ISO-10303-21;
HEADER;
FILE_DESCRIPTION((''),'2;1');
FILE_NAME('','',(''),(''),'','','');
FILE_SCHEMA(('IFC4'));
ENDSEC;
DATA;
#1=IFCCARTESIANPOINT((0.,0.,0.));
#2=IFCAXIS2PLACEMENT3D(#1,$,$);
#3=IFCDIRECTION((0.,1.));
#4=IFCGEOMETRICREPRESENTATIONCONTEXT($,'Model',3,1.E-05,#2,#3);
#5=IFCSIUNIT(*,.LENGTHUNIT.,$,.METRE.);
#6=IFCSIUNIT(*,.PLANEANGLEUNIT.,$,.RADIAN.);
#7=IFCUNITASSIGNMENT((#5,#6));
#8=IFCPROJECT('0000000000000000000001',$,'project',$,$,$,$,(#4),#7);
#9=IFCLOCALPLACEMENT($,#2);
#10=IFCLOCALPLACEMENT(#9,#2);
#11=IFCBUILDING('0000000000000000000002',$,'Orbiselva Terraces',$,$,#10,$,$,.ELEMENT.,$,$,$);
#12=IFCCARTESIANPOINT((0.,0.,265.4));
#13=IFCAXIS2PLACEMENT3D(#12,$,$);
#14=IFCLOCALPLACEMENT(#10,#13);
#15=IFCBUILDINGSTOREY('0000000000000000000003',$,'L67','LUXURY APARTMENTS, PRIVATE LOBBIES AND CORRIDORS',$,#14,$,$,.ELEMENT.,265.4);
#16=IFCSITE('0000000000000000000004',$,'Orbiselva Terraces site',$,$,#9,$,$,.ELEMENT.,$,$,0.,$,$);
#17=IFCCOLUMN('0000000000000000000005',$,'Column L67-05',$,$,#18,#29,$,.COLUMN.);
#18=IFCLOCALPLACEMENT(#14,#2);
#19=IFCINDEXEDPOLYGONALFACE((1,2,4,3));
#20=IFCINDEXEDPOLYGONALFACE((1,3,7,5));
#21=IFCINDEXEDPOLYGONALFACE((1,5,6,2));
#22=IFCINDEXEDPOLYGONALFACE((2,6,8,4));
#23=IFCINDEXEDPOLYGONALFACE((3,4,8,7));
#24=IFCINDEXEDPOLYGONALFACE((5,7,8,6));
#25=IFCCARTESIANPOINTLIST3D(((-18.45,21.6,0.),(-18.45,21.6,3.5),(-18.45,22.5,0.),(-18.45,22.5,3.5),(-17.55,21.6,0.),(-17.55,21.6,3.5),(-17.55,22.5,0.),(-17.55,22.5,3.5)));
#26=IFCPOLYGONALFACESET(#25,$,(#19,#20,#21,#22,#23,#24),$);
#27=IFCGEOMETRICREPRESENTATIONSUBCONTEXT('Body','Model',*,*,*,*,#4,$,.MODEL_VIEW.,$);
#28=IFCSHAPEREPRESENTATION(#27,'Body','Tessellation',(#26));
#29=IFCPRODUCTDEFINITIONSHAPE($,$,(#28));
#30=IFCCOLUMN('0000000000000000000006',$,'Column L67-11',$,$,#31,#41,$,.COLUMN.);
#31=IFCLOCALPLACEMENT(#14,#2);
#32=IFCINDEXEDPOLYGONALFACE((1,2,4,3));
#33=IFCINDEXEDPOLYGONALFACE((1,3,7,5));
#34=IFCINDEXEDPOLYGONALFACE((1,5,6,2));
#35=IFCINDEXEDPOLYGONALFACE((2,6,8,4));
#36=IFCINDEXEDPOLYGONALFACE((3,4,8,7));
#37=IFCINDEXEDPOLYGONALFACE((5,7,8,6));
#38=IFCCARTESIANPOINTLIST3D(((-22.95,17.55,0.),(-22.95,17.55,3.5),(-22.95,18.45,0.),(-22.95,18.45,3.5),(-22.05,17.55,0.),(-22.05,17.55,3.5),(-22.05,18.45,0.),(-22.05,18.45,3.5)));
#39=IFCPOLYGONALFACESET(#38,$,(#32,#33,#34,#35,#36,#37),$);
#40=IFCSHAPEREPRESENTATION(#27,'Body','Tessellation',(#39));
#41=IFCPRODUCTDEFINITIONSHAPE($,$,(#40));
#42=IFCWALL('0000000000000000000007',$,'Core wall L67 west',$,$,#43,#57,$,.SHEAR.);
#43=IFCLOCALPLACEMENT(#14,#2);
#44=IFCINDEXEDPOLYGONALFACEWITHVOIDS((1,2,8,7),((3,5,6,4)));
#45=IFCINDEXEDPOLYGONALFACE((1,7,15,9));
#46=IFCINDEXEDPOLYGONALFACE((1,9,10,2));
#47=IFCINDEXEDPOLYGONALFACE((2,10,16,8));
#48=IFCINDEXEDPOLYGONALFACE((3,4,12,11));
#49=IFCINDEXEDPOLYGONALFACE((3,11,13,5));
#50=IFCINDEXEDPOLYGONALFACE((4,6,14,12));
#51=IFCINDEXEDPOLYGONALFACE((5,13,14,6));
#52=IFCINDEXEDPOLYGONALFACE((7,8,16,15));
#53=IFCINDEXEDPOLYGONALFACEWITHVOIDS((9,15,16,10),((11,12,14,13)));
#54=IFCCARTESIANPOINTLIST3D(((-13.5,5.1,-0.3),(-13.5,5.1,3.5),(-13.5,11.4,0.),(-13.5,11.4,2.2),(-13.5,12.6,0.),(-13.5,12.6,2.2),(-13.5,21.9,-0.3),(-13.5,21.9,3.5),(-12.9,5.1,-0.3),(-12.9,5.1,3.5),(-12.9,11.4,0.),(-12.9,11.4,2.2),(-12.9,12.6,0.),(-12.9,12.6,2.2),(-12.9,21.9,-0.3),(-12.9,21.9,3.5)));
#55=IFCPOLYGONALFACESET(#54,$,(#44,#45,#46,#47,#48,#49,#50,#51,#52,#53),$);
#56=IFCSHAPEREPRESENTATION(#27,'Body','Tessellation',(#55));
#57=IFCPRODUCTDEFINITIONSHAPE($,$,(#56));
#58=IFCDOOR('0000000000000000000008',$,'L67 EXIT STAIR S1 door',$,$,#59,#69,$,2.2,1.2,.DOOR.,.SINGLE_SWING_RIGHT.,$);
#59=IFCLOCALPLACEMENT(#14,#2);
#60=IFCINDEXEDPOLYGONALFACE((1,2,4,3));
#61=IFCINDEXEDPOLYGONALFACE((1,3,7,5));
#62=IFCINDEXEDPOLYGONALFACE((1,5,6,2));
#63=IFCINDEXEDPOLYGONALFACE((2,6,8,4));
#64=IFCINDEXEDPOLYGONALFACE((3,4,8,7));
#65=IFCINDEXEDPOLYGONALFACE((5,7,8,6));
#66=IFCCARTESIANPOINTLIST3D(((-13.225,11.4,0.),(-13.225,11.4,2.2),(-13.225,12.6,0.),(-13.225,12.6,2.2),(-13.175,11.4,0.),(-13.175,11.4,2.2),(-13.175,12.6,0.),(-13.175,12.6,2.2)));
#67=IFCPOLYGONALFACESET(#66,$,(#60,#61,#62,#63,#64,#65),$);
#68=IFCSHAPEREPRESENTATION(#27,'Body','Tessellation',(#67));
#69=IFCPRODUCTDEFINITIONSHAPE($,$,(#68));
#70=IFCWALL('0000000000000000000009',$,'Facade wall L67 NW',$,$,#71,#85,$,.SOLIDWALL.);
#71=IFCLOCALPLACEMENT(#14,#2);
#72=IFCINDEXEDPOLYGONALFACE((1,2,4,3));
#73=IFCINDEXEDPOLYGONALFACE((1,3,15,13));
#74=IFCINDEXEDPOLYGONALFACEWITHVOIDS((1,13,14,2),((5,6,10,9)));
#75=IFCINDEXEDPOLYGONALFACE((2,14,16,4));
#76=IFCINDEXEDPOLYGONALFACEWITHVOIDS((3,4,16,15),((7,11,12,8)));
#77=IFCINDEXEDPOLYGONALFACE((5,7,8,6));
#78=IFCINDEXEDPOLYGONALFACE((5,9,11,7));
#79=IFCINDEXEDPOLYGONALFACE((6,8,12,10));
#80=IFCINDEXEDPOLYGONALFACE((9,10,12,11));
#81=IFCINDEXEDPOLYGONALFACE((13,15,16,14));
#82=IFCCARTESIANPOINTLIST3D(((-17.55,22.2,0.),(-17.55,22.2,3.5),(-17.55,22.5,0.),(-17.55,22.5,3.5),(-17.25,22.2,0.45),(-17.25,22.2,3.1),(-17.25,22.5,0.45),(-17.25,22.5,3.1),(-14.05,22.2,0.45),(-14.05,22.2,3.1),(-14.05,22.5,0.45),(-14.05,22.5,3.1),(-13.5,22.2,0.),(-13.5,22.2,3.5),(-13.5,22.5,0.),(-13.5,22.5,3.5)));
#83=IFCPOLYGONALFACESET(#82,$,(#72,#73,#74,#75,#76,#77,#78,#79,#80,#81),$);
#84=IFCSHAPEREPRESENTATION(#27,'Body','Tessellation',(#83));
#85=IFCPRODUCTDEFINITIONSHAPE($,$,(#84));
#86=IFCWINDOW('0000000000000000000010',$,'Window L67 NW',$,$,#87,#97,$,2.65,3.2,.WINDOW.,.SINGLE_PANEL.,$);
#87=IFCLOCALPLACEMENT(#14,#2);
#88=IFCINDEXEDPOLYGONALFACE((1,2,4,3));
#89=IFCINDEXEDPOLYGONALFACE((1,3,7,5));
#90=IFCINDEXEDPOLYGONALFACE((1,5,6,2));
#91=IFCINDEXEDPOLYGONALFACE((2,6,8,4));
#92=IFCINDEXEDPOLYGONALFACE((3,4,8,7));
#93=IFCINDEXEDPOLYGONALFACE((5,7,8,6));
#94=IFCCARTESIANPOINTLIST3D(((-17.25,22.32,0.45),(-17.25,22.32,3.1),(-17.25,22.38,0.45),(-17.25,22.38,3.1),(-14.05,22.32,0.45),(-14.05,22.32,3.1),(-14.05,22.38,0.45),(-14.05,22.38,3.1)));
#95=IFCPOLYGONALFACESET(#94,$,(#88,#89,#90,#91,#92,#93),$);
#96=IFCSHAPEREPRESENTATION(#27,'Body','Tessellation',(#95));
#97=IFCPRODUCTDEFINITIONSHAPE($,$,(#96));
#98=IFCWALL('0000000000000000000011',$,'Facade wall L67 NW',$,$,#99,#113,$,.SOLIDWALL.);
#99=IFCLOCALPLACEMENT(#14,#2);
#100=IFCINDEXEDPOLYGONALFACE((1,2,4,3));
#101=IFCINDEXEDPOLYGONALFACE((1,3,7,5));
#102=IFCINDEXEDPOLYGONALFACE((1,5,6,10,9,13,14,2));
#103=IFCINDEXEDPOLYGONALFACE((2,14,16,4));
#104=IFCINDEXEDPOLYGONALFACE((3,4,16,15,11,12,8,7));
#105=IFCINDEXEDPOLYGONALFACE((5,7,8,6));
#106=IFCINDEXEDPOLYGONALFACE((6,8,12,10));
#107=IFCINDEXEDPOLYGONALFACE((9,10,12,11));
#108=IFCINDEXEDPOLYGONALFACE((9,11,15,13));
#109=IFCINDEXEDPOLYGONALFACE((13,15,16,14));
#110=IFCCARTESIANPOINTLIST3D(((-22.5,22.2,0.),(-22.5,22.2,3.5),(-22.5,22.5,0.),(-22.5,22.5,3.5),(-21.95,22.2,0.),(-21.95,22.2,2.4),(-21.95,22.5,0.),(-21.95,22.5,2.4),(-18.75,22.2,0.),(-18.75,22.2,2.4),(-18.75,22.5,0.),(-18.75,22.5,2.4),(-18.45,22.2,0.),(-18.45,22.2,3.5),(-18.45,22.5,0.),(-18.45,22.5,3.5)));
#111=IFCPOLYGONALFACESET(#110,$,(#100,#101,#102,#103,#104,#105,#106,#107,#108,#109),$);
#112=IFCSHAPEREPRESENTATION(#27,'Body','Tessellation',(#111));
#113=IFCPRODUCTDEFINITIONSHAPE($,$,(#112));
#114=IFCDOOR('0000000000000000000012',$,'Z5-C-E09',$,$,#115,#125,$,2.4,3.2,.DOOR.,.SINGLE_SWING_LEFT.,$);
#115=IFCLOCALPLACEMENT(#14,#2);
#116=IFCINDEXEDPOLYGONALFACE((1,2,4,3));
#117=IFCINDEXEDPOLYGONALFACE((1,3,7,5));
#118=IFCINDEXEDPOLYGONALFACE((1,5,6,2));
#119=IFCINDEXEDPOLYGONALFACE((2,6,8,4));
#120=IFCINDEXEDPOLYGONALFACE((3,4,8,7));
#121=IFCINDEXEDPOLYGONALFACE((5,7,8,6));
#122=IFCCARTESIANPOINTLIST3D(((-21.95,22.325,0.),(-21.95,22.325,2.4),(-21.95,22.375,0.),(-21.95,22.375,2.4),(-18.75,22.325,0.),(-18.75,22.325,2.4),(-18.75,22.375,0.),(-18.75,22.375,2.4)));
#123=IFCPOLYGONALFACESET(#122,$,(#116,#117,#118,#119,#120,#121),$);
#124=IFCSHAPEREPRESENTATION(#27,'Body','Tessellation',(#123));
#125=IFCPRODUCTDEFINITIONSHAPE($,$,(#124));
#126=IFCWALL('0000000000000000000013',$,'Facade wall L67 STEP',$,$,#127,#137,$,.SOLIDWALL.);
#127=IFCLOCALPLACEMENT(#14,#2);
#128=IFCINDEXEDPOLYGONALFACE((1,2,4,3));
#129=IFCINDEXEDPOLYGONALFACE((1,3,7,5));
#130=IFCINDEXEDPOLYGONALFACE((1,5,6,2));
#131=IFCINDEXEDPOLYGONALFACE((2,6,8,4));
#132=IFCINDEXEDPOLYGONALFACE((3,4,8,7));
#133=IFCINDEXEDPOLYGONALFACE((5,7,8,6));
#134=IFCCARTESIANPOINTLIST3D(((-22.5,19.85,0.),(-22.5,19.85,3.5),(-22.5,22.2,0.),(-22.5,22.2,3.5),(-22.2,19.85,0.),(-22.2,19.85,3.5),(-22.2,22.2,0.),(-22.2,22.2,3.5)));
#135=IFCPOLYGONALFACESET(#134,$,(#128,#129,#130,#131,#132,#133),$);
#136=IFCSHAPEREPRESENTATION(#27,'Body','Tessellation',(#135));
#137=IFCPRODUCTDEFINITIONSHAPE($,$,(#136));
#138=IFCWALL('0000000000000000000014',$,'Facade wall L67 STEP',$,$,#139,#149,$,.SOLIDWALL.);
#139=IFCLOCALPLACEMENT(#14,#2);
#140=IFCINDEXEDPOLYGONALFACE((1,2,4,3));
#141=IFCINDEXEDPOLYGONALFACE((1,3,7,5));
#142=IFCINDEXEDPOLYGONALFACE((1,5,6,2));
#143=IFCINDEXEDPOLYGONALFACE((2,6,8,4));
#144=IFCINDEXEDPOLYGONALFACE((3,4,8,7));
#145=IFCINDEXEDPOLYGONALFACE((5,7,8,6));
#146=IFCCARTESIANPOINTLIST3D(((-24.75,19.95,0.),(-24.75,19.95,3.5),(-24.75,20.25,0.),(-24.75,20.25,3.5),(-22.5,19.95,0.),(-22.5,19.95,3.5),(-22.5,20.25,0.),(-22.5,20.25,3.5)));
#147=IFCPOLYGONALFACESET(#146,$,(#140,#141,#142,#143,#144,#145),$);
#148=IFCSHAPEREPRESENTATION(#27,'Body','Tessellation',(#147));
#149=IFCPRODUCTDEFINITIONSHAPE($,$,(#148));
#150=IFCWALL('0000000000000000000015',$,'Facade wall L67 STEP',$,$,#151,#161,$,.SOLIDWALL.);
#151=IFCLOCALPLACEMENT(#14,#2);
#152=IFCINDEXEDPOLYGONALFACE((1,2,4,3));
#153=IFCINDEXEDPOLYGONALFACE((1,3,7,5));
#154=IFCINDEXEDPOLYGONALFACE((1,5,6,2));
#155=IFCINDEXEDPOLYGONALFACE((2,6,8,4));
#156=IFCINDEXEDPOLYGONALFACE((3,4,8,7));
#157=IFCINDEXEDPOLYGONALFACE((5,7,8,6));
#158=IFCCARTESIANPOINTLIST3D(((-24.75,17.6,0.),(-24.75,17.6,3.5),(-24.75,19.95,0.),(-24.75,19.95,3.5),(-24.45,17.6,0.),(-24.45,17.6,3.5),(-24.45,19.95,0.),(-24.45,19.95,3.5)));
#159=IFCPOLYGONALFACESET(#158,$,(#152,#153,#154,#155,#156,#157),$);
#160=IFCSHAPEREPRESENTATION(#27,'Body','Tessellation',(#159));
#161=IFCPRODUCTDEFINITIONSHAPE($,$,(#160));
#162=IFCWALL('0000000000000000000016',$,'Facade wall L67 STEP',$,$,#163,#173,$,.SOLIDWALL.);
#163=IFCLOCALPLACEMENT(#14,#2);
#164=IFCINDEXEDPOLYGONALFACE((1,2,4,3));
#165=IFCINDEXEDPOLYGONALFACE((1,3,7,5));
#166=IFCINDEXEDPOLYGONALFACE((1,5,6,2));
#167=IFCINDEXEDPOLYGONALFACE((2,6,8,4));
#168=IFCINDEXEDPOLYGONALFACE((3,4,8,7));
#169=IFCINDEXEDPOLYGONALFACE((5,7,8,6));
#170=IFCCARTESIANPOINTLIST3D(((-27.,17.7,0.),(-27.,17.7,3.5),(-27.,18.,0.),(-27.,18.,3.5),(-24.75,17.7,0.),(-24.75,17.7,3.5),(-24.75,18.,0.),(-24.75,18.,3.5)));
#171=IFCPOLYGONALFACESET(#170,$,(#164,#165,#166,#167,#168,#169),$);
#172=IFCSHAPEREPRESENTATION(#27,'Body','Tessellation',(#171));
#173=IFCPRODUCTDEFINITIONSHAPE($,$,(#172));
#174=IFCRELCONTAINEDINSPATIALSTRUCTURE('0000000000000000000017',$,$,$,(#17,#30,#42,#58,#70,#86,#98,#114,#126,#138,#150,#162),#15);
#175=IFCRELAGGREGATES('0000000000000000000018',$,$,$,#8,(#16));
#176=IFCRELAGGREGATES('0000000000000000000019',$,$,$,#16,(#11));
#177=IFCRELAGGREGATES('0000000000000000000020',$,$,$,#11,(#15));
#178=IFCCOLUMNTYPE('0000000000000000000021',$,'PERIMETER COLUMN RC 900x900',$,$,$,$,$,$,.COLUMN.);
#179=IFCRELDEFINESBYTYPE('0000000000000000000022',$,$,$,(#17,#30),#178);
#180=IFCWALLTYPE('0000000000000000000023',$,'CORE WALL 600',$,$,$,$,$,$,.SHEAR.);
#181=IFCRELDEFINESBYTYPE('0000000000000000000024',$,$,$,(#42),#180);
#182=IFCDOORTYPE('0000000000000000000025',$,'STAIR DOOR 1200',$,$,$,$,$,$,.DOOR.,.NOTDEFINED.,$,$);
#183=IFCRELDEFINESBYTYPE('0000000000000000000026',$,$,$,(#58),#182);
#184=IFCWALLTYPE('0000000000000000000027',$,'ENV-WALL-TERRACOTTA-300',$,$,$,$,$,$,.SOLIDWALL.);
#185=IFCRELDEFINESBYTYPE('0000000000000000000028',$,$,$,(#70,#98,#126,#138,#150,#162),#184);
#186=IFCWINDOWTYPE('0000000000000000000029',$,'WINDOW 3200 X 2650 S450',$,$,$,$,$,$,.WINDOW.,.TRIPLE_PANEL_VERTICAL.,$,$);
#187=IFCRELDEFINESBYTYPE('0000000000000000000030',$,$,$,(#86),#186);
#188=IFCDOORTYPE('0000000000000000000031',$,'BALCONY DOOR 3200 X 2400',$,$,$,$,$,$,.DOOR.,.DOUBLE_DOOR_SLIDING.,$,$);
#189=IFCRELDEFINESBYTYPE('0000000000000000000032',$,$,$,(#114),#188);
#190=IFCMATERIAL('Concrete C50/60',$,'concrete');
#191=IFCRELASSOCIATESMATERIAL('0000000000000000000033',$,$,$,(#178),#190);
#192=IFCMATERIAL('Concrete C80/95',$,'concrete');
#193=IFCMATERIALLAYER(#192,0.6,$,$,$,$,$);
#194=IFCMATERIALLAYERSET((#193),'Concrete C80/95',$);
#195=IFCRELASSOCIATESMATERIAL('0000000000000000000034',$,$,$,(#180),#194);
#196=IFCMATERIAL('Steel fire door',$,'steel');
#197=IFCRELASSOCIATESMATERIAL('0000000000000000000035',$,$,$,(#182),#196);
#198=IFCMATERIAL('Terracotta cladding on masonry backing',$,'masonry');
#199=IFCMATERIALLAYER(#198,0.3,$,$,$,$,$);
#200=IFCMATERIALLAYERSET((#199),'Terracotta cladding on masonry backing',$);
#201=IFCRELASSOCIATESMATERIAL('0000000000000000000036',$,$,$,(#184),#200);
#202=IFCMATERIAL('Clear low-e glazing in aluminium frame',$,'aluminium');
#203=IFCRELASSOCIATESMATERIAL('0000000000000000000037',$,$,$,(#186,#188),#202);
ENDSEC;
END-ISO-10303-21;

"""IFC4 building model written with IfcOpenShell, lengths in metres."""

from ifc_helpers import new_model, si_unit, direction, frame, frame_2d, origin, origin_2d, place, context, subcontext, project, spatial, rectangle, extrude, material, layer, layer_set, material_profile, profile_set, type_object, element, fill, save


model = new_model("IFC4")

# Units and contexts
model_context = context("Model", 3, precision=1e-05, world=origin(), true_north=direction((0.0, 1.0)))
body_context = subcontext(model_context, "Body", "Model", "MODEL_VIEW")
ifc_project = project(units=[si_unit("LENGTHUNIT", "METRE"), si_unit("PLANEANGLEUNIT", "RADIAN")], contexts=[model_context])

# Site, building, storey
site_placement = place(None, origin())
site = spatial("IfcSite", under=ifc_project, at=site_placement, Name="Orbiselva Terraces site", CompositionType="ELEMENT", RefElevation=0.0)
building_placement = place(site_placement, origin())
building = spatial("IfcBuilding", under=site, at=building_placement, Name="Orbiselva Terraces", CompositionType="ELEMENT")
storey_placement = place(building_placement, frame((0.0, 0.0, 265.4)))
storey = spatial("IfcBuildingStorey", under=building, at=storey_placement, Name="L67", Description="LUXURY APARTMENTS, PRIVATE LOBBIES AND CORRIDORS", CompositionType="ELEMENT", Elevation=265.4)

# Columns
ifc_material_1 = material(Name="Concrete C50/60", Category="concrete")
ifc_material_profile = material_profile(ifc_material_1, rectangle(XDim=0.9, YDim=0.9, at=origin_2d()), Name="RC 900x900")
ifc_profile_set = profile_set([ifc_material_profile], Name="Concrete C50/60")
column_type = type_object("IfcColumnType", Name="PERIMETER COLUMN RC 900x900", PredefinedType="COLUMN", material=ifc_profile_set)
for number, where, z_axis, x_axis, name in (
    (1, (-18.0, 22.05, 0.0), (0.0, 0.0, 1.0), (1.0, 0.0, 0.0), "Column L67-05"),
    (2, (-22.5, 18.0, 0.0), (0.0, 0.0, 1.0), (1.0, 0.0, 0.0), "Column L67-11"),
):
    element("IfcColumn", number, at=place(storey_placement, frame(where, z_axis=z_axis, x_axis=x_axis)), inside=storey, type_object=column_type, Name=name, PredefinedType="COLUMN", context=body_context, shape_type="SweptSolid", body=[
        extrude(rectangle(XDim=0.9, YDim=0.9, at=origin_2d()), origin(), (0.0, 0.0, 1.0), 3.5),
    ])

# Wall, opening, door
ifc_material_2 = material(Name="Concrete C80/95", Category="concrete")
ifc_layer_1 = layer(ifc_material_2, 0.6)
ifc_layer_set_1 = layer_set([ifc_layer_1], Name="Concrete C80/95")
wall_type_1 = type_object("IfcWallType", Name="CORE WALL 600", PredefinedType="SHEAR", material=ifc_layer_set_1)
wall_1_placement = place(storey_placement, frame((-13.2, 21.9, -0.3), z_axis=(0.0, 0.0, 1.0), x_axis=(0.0, -1.0, 0.0)))
wall_1 = element("IfcWall", 3, at=wall_1_placement, inside=storey, type_object=wall_type_1, Name="Core wall L67 west", PredefinedType="SHEAR", context=body_context, shape_type="SweptSolid", body=[
    extrude(rectangle(XDim=16.8, YDim=0.6, at=frame_2d((8.4, 0.0))), origin(), (0.0, 0.0, 1.0), 3.8),
])
opening_1_placement = place(wall_1_placement, frame((9.3, 0.0, 0.3)))
opening_1 = element("IfcOpeningElement", 4, at=opening_1_placement, cuts=wall_1, PredefinedType="OPENING", context=body_context, shape_type="SweptSolid", body=[
    extrude(rectangle(XDim=1.2, YDim=2.2, at=frame_2d((0.6, 1.1))), frame((0.0, 0.31, 0.0), z_axis=(0.0, -1.0, 0.0), x_axis=(1.0, 0.0, 0.0)), (0.0, 0.0, 1.0), 0.62),
])
ifc_material_3 = material(Name="Steel fire door", Category="steel")
door_type_1 = type_object("IfcDoorType", Name="STAIR DOOR 1200", OperationType="NOTDEFINED", PredefinedType="DOOR", material=ifc_material_3)
door_1_placement = place(opening_1_placement, frame((1.2, 0.0, 0.0), z_axis=(0.0, 0.0, 1.0), x_axis=(-1.0, 0.0, 0.0)))
door_1 = element("IfcDoor", 5, at=door_1_placement, inside=storey, type_object=door_type_1, Name="L67 EXIT STAIR S1 door", OperationType="SINGLE_SWING_RIGHT", OverallHeight=2.2, OverallWidth=1.2, PredefinedType="DOOR", context=body_context, shape_type="SweptSolid", body=[
    extrude(rectangle(XDim=1.2, YDim=2.2, at=frame_2d((0.6, 1.1))), frame((0.0, 0.025, 0.0), z_axis=(0.0, -1.0, 0.0), x_axis=(1.0, 0.0, 0.0)), (0.0, 0.0, 1.0), 0.05),
])
fill(opening_1, door_1)

# Wall, opening, window
ifc_material_4 = material(Name="Terracotta cladding on masonry backing", Category="masonry")
ifc_layer_2 = layer(ifc_material_4, 0.3)
ifc_layer_set_2 = layer_set([ifc_layer_2], Name="Terracotta cladding on masonry backing")
wall_type_2 = type_object("IfcWallType", Name="ENV-WALL-TERRACOTTA-300", PredefinedType="SOLIDWALL", material=ifc_layer_set_2)
wall_2_placement = place(storey_placement, frame((-17.55, 22.35, 0.0), z_axis=(0.0, 0.0, 1.0), x_axis=(1.0, 0.0, 0.0)))
wall_2 = element("IfcWall", 6, at=wall_2_placement, inside=storey, type_object=wall_type_2, Name="Facade wall L67 NW", PredefinedType="SOLIDWALL", context=body_context, shape_type="SweptSolid", body=[
    extrude(rectangle(XDim=4.05, YDim=0.3, at=frame_2d((2.025, 0.0))), origin(), (0.0, 0.0, 1.0), 3.5),
])
opening_2_placement = place(wall_2_placement, frame((0.3, 0.0, 0.45)))
opening_2 = element("IfcOpeningElement", 7, at=opening_2_placement, cuts=wall_2, PredefinedType="OPENING", context=body_context, shape_type="SweptSolid", body=[
    extrude(rectangle(XDim=3.2, YDim=2.65, at=frame_2d((1.6, 1.325))), frame((0.0, 0.16, 0.0), z_axis=(0.0, -1.0, 0.0), x_axis=(1.0, 0.0, 0.0)), (0.0, 0.0, 1.0), 0.32),
])
ifc_material_5 = material(Name="Clear low-e glazing in aluminium frame", Category="aluminium")
window_type = type_object("IfcWindowType", Name="WINDOW 3200 X 2650 S450", PartitioningType="TRIPLE_PANEL_VERTICAL", PredefinedType="WINDOW", material=ifc_material_5)
window_placement = place(opening_2_placement, origin())
window = element("IfcWindow", 8, at=window_placement, inside=storey, type_object=window_type, Name="Window L67 NW", OverallHeight=2.65, OverallWidth=3.2, PartitioningType="SINGLE_PANEL", PredefinedType="WINDOW", context=body_context, shape_type="SweptSolid", body=[
    extrude(rectangle(XDim=3.2, YDim=2.65, at=frame_2d((1.6, 1.325))), frame((0.0, 0.03, 0.0), z_axis=(0.0, -1.0, 0.0), x_axis=(1.0, 0.0, 0.0)), (0.0, 0.0, 1.0), 0.06),
])
fill(opening_2, window)

# Wall, opening, door
wall_3_placement = place(storey_placement, frame((-22.5, 22.35, 0.0), z_axis=(0.0, 0.0, 1.0), x_axis=(1.0, 0.0, 0.0)))
wall_3 = element("IfcWall", 9, at=wall_3_placement, inside=storey, type_object=wall_type_2, Name="Facade wall L67 NW", PredefinedType="SOLIDWALL", context=body_context, shape_type="SweptSolid", body=[
    extrude(rectangle(XDim=4.05, YDim=0.3, at=frame_2d((2.025, 0.0))), origin(), (0.0, 0.0, 1.0), 3.5),
])
opening_3_placement = place(wall_3_placement, frame((0.55, 0.0, 0.0)))
opening_3 = element("IfcOpeningElement", 10, at=opening_3_placement, cuts=wall_3, PredefinedType="OPENING", context=body_context, shape_type="SweptSolid", body=[
    extrude(rectangle(XDim=3.2, YDim=2.4, at=frame_2d((1.6, 1.2))), frame((0.0, 0.16, 0.0), z_axis=(0.0, -1.0, 0.0), x_axis=(1.0, 0.0, 0.0)), (0.0, 0.0, 1.0), 0.32),
])
door_type_2 = type_object("IfcDoorType", Name="BALCONY DOOR 3200 X 2400", OperationType="DOUBLE_DOOR_SLIDING", PredefinedType="DOOR", material=ifc_material_5)
door_2_placement = place(opening_3_placement, origin())
door_2 = element("IfcDoor", 11, at=door_2_placement, inside=storey, type_object=door_type_2, Name="Z5-C-E09", OperationType="SINGLE_SWING_LEFT", OverallHeight=2.4, OverallWidth=3.2, PredefinedType="DOOR", context=body_context, shape_type="SweptSolid", body=[
    extrude(rectangle(XDim=3.2, YDim=2.4, at=frame_2d((1.6, 1.2))), frame((0.0, 0.025, 0.0), z_axis=(0.0, -1.0, 0.0), x_axis=(1.0, 0.0, 0.0)), (0.0, 0.0, 1.0), 0.05),
])
fill(opening_3, door_2)

# Walls
wall_4_placement = place(storey_placement, frame((-22.35, 19.85, 0.0), z_axis=(0.0, 0.0, 1.0), x_axis=(0.0, 1.0, 0.0)))
element("IfcWall", 12, at=wall_4_placement, inside=storey, type_object=wall_type_2, Name="Facade wall L67 STEP", PredefinedType="SOLIDWALL", context=body_context, shape_type="SweptSolid", body=[
    extrude(rectangle(XDim=2.35, YDim=0.3, at=frame_2d((1.175, 0.0))), origin(), (0.0, 0.0, 1.0), 3.5),
])
wall_5_placement = place(storey_placement, frame((-24.75, 20.1, 0.0), z_axis=(0.0, 0.0, 1.0), x_axis=(1.0, 0.0, 0.0)))
element("IfcWall", 13, at=wall_5_placement, inside=storey, type_object=wall_type_2, Name="Facade wall L67 STEP", PredefinedType="SOLIDWALL", context=body_context, shape_type="SweptSolid", body=[
    extrude(rectangle(XDim=2.25, YDim=0.3, at=frame_2d((1.125, 0.0))), origin(), (0.0, 0.0, 1.0), 3.5),
])
wall_6_placement = place(storey_placement, frame((-24.6, 17.6, 0.0), z_axis=(0.0, 0.0, 1.0), x_axis=(0.0, 1.0, 0.0)))
element("IfcWall", 14, at=wall_6_placement, inside=storey, type_object=wall_type_2, Name="Facade wall L67 STEP", PredefinedType="SOLIDWALL", context=body_context, shape_type="SweptSolid", body=[
    extrude(rectangle(XDim=2.35, YDim=0.3, at=frame_2d((1.175, 0.0))), origin(), (0.0, 0.0, 1.0), 3.5),
])
wall_7_placement = place(storey_placement, frame((-27.0, 17.85, 0.0), z_axis=(0.0, 0.0, 1.0), x_axis=(1.0, 0.0, 0.0)))
element("IfcWall", 15, at=wall_7_placement, inside=storey, type_object=wall_type_2, Name="Facade wall L67 STEP", PredefinedType="SOLIDWALL", context=body_context, shape_type="SweptSolid", body=[
    extrude(rectangle(XDim=2.25, YDim=0.3, at=frame_2d((1.125, 0.0))), origin(), (0.0, 0.0, 1.0), 3.5),
])

save(model, "model.ifc")
